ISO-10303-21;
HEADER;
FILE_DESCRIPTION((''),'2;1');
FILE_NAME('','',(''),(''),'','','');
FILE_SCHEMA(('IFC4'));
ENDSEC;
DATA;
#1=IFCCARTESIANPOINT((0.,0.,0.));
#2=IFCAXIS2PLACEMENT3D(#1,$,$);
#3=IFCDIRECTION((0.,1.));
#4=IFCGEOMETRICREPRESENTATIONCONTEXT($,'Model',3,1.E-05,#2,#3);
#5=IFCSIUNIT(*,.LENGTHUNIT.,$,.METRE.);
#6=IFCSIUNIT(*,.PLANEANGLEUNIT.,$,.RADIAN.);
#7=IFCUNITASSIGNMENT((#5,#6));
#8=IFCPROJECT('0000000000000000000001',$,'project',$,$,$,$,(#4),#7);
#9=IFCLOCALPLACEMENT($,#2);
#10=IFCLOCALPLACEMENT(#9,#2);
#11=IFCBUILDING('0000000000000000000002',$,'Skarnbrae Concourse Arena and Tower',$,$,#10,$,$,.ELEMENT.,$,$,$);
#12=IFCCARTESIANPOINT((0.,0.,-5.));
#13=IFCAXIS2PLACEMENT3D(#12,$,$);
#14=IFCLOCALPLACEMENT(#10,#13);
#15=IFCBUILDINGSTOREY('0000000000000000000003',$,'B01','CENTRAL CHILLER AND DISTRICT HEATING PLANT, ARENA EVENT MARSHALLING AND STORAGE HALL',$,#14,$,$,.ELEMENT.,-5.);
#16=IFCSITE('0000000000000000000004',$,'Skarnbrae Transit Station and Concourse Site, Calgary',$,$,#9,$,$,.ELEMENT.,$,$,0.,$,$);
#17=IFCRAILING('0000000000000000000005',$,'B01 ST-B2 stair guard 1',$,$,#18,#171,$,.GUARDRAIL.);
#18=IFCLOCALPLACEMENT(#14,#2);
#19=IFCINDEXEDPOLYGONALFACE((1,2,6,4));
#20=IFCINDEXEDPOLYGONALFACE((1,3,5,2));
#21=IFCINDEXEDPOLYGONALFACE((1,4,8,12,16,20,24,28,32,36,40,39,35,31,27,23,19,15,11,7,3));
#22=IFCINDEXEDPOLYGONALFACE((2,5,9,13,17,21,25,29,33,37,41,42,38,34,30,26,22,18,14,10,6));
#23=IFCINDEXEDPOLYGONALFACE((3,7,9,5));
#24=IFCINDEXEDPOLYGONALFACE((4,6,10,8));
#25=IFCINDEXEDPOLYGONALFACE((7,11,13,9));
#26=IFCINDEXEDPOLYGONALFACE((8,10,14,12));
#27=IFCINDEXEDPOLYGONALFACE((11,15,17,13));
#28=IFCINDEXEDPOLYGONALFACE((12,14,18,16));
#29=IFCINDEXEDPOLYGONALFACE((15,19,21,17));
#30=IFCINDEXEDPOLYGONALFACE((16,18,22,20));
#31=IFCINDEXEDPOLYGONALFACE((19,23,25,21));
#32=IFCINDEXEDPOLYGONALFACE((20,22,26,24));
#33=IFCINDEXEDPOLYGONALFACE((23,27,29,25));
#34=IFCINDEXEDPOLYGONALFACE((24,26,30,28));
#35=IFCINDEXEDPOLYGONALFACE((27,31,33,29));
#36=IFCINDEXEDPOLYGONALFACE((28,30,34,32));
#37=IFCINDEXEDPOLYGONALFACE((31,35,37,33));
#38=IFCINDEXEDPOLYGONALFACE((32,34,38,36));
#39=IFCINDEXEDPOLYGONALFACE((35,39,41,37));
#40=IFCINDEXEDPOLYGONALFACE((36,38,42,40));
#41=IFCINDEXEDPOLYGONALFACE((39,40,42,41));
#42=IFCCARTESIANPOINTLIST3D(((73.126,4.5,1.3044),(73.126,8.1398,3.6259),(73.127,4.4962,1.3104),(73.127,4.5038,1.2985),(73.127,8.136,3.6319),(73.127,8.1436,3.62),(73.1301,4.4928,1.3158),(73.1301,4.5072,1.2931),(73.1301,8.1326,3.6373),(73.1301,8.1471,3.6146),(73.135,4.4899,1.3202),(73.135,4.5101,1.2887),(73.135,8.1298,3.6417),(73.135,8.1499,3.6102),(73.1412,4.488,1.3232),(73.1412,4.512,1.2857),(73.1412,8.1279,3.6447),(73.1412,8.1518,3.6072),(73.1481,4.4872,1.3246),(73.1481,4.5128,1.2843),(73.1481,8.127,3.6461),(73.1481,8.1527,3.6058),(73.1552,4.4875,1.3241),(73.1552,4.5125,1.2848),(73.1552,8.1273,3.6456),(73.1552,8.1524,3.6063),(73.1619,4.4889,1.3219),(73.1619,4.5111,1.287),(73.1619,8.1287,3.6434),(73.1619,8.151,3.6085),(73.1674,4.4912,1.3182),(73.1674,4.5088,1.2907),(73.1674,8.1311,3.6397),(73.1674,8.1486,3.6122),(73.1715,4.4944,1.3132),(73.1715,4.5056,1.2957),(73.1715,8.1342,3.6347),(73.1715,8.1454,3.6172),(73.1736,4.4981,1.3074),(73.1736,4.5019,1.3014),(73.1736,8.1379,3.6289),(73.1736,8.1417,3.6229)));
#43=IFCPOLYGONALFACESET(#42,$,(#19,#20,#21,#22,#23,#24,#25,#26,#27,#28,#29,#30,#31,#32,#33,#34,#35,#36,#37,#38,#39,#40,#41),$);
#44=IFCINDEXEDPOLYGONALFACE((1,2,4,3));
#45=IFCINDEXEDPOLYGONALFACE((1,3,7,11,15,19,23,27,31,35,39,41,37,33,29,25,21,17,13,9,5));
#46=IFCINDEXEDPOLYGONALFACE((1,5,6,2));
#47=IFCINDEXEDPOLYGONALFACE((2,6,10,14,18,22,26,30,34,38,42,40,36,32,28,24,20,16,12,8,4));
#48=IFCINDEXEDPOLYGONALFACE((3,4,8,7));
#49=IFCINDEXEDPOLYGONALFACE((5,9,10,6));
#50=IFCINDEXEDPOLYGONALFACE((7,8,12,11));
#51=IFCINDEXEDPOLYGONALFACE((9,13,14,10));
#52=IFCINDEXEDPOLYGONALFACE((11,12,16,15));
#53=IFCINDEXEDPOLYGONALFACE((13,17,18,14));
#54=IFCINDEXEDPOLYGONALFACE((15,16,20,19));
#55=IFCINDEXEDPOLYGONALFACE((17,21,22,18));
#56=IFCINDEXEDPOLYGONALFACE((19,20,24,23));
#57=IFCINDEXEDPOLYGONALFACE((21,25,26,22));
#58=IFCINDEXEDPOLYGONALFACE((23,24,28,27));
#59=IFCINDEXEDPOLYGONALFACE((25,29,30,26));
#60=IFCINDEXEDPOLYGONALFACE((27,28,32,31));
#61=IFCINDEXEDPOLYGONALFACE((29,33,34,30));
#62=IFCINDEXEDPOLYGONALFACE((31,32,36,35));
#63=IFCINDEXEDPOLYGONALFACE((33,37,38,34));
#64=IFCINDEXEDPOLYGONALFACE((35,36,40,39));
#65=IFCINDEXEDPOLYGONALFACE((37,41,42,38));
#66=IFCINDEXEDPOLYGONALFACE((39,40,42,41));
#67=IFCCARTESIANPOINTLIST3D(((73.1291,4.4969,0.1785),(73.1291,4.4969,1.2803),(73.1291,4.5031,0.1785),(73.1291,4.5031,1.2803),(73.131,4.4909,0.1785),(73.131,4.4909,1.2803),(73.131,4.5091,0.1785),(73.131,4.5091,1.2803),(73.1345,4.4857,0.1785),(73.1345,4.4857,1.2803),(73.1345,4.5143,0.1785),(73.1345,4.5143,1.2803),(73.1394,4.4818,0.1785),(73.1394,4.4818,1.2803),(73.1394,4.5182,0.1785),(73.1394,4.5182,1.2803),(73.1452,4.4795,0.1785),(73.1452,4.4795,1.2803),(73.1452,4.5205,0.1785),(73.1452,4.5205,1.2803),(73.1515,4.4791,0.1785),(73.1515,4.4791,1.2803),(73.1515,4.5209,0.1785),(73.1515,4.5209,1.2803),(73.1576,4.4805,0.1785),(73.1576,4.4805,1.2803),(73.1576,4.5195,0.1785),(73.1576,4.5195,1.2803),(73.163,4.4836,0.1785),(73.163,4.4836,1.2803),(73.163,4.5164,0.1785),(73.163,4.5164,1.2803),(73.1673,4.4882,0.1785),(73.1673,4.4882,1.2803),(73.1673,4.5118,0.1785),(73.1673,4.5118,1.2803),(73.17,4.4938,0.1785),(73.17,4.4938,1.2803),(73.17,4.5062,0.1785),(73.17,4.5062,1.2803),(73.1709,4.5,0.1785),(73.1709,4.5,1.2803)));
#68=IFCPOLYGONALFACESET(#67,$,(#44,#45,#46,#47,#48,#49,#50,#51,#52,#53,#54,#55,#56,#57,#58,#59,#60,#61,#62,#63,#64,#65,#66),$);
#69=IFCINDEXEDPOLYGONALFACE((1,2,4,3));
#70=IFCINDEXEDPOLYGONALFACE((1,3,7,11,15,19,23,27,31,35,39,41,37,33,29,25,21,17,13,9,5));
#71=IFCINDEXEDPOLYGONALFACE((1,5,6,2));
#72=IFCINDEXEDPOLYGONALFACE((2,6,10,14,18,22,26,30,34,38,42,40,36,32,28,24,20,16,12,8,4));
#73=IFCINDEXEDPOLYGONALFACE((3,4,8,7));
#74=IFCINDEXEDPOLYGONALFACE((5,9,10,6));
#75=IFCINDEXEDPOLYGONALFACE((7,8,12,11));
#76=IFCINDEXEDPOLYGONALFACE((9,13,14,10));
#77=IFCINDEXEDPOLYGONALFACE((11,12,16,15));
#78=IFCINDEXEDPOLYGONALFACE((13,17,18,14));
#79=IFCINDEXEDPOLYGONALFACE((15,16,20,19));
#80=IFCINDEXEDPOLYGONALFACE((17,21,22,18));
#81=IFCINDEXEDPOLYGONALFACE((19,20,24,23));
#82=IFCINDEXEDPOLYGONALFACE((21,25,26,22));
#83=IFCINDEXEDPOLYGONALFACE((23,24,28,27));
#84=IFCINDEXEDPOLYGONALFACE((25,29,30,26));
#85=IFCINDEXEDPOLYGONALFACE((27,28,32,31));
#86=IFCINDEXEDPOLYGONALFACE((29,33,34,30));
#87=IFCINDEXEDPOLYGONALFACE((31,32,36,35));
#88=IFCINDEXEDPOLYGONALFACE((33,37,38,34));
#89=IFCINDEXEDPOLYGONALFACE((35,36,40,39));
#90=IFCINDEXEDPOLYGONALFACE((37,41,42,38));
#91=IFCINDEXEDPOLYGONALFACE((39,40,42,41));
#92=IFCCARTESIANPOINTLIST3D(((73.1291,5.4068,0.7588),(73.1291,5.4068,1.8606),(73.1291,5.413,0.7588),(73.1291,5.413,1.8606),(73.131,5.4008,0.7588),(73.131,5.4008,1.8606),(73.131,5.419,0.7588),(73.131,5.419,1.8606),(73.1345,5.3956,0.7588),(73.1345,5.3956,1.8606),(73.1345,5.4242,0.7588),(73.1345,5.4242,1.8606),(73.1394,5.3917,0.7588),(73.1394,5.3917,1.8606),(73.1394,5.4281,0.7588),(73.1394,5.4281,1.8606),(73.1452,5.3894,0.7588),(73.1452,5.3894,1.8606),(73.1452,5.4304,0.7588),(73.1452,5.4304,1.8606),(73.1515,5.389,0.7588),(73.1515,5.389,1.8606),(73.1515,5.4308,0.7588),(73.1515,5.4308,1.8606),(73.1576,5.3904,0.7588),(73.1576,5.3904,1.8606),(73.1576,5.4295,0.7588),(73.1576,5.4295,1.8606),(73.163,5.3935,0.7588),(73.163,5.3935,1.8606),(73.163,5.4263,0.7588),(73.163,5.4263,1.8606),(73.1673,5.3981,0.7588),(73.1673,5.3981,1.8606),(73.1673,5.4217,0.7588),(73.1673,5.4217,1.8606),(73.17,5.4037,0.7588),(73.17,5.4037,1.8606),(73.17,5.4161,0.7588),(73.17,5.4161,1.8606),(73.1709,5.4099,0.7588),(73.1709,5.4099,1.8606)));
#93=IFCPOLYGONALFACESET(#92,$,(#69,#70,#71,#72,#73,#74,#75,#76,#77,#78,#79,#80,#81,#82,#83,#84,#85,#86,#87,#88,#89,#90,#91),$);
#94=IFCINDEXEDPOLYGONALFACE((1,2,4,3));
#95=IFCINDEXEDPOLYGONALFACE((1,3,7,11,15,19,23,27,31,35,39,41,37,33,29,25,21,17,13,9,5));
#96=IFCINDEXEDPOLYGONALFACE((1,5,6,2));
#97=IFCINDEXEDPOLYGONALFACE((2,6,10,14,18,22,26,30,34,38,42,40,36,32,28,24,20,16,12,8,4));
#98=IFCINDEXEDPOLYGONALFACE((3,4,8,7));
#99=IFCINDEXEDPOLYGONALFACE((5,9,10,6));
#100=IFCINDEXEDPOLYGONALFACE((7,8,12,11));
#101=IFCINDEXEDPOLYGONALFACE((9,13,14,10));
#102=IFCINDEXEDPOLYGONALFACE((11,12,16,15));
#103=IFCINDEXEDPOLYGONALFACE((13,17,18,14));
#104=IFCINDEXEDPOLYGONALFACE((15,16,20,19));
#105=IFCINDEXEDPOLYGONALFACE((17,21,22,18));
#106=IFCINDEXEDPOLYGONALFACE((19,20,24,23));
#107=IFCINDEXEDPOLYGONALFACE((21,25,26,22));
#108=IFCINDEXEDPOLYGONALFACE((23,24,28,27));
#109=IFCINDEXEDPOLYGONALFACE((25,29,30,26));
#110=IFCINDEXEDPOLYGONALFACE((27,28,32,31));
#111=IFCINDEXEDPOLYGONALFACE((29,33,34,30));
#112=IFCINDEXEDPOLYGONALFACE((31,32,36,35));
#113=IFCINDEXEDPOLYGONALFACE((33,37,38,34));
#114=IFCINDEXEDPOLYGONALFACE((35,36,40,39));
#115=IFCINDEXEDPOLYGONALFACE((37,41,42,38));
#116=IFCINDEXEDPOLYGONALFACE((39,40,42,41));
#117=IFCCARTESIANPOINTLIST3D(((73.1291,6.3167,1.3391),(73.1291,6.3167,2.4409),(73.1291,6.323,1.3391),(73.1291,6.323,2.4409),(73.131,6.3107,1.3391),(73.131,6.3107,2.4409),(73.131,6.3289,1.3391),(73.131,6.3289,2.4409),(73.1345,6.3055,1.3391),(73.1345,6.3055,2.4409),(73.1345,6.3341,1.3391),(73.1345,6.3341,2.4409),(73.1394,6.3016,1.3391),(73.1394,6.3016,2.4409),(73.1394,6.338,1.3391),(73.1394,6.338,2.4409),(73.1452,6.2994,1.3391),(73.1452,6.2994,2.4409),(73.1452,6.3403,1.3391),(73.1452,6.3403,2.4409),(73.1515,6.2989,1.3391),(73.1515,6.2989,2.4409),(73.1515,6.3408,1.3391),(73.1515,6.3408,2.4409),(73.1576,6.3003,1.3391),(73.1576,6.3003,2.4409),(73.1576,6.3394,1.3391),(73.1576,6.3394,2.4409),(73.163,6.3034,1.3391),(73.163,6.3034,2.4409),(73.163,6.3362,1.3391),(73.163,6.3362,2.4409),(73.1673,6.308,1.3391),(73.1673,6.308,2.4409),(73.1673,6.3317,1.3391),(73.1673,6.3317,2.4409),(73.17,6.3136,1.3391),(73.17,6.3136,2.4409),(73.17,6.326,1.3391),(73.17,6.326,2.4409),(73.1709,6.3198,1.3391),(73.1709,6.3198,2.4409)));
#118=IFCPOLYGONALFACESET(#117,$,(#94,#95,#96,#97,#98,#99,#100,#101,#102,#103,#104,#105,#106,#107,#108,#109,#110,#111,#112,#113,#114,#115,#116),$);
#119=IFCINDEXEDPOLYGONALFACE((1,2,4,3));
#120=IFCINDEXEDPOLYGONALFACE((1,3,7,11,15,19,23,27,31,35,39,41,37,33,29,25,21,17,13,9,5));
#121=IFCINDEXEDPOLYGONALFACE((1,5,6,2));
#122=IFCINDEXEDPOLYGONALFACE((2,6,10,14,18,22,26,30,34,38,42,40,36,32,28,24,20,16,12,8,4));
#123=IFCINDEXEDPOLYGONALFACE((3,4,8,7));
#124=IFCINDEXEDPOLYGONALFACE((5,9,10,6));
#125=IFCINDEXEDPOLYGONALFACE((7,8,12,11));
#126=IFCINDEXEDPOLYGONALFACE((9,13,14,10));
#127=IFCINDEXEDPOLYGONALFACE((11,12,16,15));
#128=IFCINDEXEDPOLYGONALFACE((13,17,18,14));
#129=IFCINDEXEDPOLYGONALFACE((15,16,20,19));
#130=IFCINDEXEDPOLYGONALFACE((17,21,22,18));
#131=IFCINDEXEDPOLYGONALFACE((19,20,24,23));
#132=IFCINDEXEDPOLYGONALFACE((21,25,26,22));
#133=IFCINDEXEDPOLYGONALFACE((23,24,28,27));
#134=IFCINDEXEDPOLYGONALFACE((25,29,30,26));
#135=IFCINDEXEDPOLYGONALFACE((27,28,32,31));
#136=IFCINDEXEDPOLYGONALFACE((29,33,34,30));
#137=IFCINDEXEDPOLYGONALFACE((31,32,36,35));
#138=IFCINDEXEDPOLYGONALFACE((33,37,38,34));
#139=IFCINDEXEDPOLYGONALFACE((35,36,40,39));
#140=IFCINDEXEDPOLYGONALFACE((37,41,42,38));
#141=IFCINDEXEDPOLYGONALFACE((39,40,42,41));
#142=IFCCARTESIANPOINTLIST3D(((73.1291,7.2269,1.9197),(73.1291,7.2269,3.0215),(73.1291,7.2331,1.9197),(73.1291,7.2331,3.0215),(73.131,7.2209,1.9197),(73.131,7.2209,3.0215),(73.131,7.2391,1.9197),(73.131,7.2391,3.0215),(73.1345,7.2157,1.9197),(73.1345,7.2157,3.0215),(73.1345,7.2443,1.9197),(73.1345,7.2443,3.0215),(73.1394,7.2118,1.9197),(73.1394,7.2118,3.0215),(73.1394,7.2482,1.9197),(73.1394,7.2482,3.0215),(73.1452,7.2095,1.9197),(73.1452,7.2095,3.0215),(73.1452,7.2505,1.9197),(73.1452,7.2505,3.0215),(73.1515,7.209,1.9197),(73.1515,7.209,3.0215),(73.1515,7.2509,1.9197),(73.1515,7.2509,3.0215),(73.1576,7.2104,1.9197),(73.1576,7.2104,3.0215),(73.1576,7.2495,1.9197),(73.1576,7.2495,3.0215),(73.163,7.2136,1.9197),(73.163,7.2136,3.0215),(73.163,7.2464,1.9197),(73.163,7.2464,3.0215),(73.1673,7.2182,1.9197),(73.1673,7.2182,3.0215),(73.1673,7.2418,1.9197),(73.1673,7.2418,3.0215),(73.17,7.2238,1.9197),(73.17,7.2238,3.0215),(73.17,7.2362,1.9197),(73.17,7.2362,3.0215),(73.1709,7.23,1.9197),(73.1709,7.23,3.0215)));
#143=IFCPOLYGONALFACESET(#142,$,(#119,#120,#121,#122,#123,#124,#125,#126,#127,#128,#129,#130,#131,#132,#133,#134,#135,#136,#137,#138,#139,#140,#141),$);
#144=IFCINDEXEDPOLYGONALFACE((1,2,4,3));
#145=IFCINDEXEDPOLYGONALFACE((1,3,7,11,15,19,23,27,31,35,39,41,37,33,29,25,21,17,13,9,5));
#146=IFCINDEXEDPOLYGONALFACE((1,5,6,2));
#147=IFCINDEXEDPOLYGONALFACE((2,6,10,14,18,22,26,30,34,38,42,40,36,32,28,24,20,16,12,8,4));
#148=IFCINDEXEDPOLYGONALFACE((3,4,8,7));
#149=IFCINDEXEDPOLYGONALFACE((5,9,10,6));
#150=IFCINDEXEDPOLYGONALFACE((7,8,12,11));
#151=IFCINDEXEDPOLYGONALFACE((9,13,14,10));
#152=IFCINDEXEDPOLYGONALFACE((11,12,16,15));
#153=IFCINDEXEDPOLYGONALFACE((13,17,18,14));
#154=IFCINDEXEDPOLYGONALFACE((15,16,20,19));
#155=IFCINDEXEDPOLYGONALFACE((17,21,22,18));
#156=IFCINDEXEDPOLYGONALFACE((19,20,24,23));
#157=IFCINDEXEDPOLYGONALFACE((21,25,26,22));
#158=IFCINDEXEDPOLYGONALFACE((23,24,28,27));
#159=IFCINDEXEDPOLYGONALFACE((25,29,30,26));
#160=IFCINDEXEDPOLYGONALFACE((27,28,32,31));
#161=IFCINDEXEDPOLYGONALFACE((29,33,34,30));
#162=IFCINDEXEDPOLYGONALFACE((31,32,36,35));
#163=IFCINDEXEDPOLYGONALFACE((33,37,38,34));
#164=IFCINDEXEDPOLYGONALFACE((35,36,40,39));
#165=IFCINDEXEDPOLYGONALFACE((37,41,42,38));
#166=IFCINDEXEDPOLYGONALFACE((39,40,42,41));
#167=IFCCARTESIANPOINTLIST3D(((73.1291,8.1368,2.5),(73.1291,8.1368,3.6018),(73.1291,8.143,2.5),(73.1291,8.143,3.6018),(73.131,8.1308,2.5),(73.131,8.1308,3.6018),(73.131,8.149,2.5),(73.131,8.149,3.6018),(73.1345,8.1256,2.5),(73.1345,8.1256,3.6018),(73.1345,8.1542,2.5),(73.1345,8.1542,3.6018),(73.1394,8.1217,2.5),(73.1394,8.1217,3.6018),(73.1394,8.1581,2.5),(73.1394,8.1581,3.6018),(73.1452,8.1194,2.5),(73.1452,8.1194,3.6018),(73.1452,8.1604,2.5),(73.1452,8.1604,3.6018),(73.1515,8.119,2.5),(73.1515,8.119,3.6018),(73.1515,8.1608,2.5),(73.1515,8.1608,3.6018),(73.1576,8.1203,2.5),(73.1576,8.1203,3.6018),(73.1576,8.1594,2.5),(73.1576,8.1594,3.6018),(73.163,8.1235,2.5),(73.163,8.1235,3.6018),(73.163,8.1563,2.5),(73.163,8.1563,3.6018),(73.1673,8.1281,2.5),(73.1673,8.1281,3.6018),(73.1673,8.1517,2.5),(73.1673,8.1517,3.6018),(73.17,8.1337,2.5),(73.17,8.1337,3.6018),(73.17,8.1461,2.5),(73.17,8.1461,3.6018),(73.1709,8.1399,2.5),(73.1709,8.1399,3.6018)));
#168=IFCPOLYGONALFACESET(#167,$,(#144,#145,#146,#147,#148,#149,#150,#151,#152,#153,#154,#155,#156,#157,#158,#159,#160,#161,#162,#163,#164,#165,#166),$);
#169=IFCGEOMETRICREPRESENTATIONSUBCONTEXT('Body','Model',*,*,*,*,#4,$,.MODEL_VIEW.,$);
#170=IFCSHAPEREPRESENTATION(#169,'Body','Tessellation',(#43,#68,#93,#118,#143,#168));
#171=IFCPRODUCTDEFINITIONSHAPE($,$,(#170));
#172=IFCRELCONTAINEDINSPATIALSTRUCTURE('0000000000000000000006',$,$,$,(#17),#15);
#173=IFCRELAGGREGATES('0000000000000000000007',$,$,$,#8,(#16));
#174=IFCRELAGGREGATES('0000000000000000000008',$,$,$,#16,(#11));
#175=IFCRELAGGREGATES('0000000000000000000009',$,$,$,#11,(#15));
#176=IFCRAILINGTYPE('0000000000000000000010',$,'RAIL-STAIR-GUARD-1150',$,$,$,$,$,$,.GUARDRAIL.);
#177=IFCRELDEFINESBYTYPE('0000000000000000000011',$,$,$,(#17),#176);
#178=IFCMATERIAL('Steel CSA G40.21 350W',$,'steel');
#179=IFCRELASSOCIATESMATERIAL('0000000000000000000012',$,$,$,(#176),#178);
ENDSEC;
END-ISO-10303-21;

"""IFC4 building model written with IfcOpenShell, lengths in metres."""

from ifc_helpers import new_model, si_unit, direction, frame, origin, origin_2d, place, context, subcontext, project, spatial, circle, extrude, material, type_object, element, save


model = new_model("IFC4")

# Units and contexts
model_context = context("Model", 3, precision=1e-05, world=origin(), true_north=direction((0.0, 1.0)))
body_context = subcontext(model_context, "Body", "Model", "MODEL_VIEW")
ifc_project = project(units=[si_unit("LENGTHUNIT", "METRE"), si_unit("PLANEANGLEUNIT", "RADIAN")], contexts=[model_context])

# Site, building, storey
site_placement = place(None, origin())
site = spatial("IfcSite", under=ifc_project, at=site_placement, Name="Skarnbrae Transit Station and Concourse Site, Calgary", CompositionType="ELEMENT", RefElevation=0.0)
building_placement = place(site_placement, origin())
building = spatial("IfcBuilding", under=site, at=building_placement, Name="Skarnbrae Concourse Arena and Tower", CompositionType="ELEMENT")
storey_placement = place(building_placement, frame((0.0, 0.0, -5.0)))
storey = spatial("IfcBuildingStorey", under=building, at=storey_placement, Name="B01", Description="CENTRAL CHILLER AND DISTRICT HEATING PLANT, ARENA EVENT MARSHALLING AND STORAGE HALL", CompositionType="ELEMENT", Elevation=-5.0)

# Shared definitions
ifc_material_1 = material(Name="Steel CSA G40.21 350W", Category="steel")

# Railing
railing_type_1 = type_object("IfcRailingType", Name="RAIL-STAIR-GUARD-1150", PredefinedType="GUARDRAIL", material=ifc_material_1)
railing_1_placement = place(storey_placement, frame((73.1499, 4.5, 0.1785)))
element("IfcRailing", 1, at=railing_1_placement, inside=storey, type_object=railing_type_1, Name="B01 ST-B2 stair guard 1", PredefinedType="GUARDRAIL", context=body_context, shape_type="SweptSolid", body=[
    extrude(circle(Radius=0.0239, at=origin_2d()), frame((0.0, 0.0, 1.126), z_axis=(0.0, 0.843112, 0.537739), x_axis=(-1.0, 0.0, 0.0)), (0.0, 0.0, 1.0), 4.3171),
    extrude(circle(Radius=0.021, at=origin_2d()), origin(), (0.0, 0.0, 1.0), 1.1018),
    extrude(circle(Radius=0.021, at=origin_2d()), frame((0.0, 0.9099, 0.5803)), (0.0, 0.0, 1.0), 1.1018),
    extrude(circle(Radius=0.021, at=origin_2d()), frame((0.0, 1.8198, 1.1606)), (0.0, 0.0, 1.0), 1.1018),
    extrude(circle(Radius=0.021, at=origin_2d()), frame((0.0, 2.73, 1.7412)), (0.0, 0.0, 1.0), 1.1018),
    extrude(circle(Radius=0.021, at=origin_2d()), frame((0.0, 3.6399, 2.3215)), (0.0, 0.0, 1.0), 1.1018),
])

save(model, "model.ifc")
